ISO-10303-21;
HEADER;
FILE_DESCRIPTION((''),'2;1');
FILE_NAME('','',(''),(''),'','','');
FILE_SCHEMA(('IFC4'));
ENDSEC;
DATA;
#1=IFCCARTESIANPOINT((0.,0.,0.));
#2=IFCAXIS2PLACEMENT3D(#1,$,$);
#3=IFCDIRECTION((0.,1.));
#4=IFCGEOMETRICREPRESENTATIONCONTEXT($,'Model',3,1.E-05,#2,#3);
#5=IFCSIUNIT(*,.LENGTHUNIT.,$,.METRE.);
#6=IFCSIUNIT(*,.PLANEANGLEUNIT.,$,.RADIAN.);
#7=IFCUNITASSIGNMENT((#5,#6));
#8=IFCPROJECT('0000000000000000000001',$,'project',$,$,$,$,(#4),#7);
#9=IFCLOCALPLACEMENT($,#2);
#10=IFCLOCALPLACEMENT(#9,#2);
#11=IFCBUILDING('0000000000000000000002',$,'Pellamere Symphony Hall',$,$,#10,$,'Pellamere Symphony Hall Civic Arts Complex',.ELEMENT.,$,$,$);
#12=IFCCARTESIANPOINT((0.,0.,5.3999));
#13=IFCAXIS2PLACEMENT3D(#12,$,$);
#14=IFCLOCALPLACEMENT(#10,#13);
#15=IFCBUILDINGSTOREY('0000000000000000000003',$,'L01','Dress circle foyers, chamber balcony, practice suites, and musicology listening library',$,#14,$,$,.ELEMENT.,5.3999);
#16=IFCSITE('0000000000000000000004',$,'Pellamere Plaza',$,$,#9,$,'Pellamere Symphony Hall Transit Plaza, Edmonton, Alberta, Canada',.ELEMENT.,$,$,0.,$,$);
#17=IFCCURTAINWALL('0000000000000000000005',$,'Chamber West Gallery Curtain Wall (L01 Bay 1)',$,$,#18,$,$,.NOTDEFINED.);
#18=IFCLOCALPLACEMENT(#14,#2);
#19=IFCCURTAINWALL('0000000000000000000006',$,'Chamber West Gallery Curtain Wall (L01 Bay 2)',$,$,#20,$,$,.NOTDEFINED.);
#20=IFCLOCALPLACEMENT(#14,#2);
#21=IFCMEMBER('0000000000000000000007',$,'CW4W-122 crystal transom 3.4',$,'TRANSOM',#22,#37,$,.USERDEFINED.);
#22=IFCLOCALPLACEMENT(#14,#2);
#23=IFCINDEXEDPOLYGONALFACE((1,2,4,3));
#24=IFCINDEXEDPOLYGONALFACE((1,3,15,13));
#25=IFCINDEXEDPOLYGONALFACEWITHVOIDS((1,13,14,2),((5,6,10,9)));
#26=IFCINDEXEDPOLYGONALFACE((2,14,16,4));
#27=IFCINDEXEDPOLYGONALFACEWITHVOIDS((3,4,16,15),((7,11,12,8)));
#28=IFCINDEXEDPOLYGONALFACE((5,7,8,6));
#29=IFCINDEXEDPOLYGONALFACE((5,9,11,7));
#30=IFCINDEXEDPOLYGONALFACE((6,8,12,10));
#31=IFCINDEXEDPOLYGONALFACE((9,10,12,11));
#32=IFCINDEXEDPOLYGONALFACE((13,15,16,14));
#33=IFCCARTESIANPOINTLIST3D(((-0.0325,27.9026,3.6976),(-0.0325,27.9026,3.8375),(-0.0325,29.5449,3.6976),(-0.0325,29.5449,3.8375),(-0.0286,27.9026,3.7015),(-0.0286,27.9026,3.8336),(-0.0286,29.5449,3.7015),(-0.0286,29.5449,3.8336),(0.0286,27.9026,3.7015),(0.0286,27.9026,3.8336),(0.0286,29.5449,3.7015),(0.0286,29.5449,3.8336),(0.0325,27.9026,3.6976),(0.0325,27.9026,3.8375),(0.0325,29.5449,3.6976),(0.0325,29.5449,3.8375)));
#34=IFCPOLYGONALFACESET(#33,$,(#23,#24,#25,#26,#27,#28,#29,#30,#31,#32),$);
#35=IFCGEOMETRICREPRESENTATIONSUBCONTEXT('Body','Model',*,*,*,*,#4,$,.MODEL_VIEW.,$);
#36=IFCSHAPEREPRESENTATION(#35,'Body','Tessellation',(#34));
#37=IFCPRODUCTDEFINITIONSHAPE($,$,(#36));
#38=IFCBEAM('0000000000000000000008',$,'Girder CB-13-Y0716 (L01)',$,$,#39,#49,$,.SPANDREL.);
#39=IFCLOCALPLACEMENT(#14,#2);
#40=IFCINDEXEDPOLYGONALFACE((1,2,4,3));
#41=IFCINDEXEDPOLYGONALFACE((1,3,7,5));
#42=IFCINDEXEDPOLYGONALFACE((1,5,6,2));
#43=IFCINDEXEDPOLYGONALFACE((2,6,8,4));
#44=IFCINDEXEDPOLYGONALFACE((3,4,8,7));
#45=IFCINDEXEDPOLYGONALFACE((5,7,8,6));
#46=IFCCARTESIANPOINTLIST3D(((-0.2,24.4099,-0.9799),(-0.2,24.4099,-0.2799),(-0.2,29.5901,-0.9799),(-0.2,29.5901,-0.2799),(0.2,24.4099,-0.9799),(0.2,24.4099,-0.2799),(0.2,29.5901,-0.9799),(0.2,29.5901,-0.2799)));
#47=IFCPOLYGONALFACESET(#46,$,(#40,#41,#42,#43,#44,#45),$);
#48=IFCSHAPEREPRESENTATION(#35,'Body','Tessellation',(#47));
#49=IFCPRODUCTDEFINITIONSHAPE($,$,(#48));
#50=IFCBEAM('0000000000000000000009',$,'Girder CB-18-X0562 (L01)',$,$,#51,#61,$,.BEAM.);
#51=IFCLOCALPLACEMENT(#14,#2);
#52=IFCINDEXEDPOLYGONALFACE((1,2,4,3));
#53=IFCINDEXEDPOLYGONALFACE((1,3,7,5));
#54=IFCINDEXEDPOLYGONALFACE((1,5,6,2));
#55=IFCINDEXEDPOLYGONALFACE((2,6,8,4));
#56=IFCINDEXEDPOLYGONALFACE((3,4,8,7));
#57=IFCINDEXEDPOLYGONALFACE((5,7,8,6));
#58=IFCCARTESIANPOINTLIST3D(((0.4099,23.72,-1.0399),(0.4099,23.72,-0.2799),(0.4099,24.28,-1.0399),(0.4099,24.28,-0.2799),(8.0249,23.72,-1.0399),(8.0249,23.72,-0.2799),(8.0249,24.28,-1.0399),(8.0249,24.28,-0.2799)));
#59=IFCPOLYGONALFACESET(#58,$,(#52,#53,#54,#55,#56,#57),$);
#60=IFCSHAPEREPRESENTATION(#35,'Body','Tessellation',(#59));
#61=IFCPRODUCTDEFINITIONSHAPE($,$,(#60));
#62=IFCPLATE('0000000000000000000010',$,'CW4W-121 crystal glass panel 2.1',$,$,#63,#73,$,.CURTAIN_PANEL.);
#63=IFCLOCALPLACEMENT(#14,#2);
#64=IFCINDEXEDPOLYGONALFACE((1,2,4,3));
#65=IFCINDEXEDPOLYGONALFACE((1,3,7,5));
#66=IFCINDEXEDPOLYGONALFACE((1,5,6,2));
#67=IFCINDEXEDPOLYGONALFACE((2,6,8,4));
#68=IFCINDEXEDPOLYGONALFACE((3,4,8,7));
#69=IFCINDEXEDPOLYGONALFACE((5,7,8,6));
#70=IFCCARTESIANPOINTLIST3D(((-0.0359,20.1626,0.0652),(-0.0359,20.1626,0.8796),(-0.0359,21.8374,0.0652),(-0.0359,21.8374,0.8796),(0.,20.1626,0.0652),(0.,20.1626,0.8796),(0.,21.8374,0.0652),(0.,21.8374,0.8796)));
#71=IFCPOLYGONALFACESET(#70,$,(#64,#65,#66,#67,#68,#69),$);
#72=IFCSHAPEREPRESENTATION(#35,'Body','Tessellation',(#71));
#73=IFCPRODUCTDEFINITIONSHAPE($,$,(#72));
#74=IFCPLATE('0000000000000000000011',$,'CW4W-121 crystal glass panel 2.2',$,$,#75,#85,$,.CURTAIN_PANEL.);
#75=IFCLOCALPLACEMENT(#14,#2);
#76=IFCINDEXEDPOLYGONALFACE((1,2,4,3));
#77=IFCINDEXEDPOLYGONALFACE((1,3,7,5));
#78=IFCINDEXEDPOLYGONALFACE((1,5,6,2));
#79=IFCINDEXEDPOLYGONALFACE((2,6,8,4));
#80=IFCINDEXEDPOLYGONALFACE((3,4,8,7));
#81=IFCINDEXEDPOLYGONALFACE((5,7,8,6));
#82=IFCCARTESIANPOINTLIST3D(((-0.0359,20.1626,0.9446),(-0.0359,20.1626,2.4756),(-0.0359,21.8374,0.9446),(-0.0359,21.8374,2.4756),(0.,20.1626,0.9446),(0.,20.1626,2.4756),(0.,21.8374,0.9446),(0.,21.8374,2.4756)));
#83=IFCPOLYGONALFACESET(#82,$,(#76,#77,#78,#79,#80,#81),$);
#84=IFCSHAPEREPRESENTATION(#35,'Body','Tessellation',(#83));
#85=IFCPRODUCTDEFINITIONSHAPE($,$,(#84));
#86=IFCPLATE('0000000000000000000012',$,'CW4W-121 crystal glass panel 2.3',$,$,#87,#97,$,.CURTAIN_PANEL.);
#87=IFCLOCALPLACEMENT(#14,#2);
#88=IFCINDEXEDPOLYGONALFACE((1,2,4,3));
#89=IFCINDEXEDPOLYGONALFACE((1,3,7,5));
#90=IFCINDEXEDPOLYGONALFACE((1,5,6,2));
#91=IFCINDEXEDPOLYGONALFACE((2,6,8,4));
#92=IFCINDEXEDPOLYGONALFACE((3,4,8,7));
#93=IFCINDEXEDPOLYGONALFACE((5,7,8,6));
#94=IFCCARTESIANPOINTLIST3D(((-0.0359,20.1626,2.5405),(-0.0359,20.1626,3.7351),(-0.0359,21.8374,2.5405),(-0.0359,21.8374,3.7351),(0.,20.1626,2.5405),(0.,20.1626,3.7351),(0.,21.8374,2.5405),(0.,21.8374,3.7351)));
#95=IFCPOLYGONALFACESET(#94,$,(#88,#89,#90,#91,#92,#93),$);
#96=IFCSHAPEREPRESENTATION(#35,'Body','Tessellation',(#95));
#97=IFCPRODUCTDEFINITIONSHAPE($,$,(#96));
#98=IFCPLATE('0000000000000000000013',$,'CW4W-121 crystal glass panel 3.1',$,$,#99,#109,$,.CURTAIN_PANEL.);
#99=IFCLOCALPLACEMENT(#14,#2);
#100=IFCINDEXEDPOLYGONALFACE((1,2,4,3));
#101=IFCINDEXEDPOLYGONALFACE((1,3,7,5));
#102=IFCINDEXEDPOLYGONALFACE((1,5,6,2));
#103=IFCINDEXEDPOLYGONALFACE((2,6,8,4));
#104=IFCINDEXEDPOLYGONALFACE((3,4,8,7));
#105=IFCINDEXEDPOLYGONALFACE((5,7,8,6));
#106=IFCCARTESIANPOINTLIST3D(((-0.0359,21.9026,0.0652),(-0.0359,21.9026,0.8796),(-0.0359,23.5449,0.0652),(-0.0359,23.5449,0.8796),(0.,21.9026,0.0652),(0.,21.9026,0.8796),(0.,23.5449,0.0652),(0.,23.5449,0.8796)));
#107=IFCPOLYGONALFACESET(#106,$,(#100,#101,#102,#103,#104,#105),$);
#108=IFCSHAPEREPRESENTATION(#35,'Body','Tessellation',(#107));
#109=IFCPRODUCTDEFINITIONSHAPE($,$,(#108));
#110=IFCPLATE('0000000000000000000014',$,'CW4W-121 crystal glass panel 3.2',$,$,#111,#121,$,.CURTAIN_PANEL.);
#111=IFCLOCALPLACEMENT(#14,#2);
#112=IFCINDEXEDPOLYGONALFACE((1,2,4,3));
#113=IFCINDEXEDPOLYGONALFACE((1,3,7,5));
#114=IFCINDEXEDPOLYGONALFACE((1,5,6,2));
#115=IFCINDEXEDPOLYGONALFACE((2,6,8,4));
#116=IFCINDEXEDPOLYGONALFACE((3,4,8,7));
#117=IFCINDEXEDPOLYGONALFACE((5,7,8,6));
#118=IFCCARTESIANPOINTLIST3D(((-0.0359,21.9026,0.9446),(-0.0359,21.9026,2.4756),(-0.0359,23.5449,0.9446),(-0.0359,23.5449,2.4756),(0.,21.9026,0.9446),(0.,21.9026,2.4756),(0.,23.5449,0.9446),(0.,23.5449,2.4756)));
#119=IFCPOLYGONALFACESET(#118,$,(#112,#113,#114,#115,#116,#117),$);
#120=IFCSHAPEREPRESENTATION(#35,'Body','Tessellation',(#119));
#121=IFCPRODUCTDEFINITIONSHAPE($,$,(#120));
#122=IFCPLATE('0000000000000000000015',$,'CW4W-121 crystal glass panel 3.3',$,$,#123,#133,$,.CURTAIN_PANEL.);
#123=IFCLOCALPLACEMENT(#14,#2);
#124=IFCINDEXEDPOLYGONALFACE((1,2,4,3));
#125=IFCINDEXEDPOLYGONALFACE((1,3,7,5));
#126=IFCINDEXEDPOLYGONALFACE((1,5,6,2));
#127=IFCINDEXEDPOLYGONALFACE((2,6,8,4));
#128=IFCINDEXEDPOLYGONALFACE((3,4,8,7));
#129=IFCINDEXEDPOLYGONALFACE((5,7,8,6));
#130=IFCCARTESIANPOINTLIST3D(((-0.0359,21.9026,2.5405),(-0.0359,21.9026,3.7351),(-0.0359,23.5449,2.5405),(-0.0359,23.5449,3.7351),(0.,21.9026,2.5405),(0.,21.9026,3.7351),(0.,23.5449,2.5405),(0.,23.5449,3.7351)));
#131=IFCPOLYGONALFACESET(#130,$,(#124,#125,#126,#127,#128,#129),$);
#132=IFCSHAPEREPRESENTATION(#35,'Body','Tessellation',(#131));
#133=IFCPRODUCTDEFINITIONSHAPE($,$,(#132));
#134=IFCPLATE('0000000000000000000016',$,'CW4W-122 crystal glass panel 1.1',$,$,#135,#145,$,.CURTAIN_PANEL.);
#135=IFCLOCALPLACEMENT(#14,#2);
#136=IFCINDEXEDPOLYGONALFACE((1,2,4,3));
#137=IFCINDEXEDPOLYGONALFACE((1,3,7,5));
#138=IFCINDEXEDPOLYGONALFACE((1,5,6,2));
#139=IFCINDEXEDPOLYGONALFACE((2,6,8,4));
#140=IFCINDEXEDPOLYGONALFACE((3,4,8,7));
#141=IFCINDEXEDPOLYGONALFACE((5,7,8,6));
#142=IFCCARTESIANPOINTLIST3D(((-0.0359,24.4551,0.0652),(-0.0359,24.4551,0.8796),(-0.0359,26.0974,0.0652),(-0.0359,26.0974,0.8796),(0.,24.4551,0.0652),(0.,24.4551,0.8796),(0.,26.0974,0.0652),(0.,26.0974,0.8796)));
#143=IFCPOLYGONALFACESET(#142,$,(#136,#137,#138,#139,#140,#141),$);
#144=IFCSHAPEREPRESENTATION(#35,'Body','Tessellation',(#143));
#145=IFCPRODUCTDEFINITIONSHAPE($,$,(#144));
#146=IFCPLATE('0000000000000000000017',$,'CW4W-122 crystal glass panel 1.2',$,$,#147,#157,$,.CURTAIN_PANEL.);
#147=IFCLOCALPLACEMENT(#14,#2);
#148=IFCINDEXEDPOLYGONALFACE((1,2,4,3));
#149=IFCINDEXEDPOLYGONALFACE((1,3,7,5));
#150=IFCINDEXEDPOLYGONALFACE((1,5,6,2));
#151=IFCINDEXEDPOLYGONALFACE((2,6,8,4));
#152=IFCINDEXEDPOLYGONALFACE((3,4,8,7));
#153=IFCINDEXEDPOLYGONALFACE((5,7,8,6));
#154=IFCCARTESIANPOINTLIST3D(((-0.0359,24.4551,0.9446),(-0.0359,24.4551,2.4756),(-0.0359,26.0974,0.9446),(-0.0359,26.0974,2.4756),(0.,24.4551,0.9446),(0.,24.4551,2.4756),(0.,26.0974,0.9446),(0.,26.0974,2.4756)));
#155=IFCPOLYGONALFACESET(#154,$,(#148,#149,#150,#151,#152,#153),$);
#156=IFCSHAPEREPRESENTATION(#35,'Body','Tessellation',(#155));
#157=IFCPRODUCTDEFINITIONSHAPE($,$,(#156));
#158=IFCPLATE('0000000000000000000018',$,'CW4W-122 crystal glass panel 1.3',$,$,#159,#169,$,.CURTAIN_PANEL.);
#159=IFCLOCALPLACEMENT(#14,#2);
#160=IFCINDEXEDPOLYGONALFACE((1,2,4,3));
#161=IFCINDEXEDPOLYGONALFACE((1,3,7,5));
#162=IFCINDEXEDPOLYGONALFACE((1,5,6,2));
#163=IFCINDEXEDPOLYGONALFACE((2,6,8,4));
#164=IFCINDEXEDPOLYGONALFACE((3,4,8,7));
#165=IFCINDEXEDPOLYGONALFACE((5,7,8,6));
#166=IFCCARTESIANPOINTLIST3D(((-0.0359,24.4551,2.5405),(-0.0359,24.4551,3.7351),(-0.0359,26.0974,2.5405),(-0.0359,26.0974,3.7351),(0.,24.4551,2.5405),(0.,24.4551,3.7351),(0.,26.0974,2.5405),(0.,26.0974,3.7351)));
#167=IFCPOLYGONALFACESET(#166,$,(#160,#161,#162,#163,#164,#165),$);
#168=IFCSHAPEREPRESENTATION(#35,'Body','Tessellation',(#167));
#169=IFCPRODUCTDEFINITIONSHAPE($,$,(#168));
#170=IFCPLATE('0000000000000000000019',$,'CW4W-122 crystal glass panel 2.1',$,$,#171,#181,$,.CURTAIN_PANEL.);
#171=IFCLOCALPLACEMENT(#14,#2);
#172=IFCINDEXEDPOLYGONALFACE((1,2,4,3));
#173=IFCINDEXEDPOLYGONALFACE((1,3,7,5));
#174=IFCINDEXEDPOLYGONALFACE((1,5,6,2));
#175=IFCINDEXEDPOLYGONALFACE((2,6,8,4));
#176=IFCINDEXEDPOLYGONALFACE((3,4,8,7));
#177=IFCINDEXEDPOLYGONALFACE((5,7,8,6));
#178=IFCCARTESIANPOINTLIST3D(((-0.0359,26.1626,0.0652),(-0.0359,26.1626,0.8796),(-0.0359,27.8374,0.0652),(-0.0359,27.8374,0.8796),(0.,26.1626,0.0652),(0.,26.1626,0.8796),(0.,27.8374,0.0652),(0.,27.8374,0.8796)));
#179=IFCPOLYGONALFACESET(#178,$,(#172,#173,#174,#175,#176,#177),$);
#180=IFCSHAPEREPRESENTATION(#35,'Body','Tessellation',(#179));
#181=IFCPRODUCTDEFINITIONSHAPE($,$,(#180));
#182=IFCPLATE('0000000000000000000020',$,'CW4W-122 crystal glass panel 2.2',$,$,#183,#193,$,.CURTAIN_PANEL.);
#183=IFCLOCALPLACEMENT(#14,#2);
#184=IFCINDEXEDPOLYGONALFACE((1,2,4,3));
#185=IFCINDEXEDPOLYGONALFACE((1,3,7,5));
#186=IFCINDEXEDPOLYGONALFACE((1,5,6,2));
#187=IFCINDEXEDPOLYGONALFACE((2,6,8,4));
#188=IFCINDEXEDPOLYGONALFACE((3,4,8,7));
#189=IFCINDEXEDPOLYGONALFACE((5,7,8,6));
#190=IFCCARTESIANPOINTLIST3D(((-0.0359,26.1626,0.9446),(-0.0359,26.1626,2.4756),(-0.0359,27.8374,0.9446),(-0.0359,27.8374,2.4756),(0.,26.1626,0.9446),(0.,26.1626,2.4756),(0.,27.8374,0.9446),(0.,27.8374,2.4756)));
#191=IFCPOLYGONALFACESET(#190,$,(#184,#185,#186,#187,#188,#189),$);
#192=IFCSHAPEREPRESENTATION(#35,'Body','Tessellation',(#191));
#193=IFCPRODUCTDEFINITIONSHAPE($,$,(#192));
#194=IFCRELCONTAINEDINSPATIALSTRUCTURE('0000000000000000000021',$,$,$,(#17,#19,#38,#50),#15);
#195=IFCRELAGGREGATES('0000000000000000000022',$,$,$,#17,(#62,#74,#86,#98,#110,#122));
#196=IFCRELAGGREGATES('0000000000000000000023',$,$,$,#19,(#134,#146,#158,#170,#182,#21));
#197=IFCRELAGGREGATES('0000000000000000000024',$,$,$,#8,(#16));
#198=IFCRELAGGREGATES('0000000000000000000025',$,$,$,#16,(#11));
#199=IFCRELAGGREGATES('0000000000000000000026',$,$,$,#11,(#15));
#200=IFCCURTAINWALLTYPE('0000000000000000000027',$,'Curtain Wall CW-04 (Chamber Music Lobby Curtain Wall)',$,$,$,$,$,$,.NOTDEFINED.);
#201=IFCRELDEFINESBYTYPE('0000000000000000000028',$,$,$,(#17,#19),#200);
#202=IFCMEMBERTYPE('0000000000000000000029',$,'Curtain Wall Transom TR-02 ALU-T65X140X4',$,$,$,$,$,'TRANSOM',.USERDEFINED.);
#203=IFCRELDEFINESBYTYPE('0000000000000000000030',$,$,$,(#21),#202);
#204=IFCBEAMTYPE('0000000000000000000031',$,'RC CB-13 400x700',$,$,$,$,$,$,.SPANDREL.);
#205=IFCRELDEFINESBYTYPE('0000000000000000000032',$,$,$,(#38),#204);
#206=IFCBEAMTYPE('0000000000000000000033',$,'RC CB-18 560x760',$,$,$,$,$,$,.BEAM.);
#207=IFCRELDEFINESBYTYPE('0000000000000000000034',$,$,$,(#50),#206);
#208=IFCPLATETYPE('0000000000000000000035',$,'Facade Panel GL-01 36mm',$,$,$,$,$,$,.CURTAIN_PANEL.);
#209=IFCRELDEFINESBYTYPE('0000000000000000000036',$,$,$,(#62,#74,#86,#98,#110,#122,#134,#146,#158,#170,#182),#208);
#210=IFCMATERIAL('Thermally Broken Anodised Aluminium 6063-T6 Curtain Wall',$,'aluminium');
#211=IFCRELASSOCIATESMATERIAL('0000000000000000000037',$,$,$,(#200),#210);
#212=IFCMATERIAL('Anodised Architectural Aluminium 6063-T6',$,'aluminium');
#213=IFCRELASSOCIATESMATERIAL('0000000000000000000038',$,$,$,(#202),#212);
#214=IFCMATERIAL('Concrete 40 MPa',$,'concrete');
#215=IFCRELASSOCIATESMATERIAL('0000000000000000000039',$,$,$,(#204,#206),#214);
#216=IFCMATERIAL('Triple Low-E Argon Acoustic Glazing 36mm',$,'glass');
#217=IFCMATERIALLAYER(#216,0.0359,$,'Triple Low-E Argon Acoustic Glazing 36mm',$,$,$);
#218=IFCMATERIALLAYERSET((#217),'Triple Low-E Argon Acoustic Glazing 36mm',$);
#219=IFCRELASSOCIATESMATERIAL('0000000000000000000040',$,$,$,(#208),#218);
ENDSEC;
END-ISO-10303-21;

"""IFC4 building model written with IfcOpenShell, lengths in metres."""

from ifc_helpers import new_model, si_unit, direction, frame, origin, origin_2d, place, context, subcontext, project, spatial, polyline, rectangle, hollow_rectangle, outline, extrude, material, layer, layer_set, material_profile, profile_set, type_object, element, aggregate, save


model = new_model("IFC4")

# Units and contexts
model_context = context("Model", 3, precision=1e-05, world=origin(), true_north=direction((0.0, 1.0)))
body_context = subcontext(model_context, "Body", "Model", "MODEL_VIEW")
ifc_project = project(units=[si_unit("LENGTHUNIT", "METRE"), si_unit("PLANEANGLEUNIT", "RADIAN")], contexts=[model_context])

# Site, building, storey
site_placement = place(None, origin())
site = spatial("IfcSite", under=ifc_project, at=site_placement, Name="Pellamere Plaza", LongName="Pellamere Symphony Hall Transit Plaza, Edmonton, Alberta, Canada", CompositionType="ELEMENT", RefElevation=0.0)
building_placement = place(site_placement, origin())
building = spatial("IfcBuilding", under=site, at=building_placement, Name="Pellamere Symphony Hall", LongName="Pellamere Symphony Hall Civic Arts Complex", CompositionType="ELEMENT")
storey_placement = place(building_placement, frame((0.0, 0.0, 5.3999)))
storey = spatial("IfcBuildingStorey", under=building, at=storey_placement, Name="L01", Description="Dress circle foyers, chamber balcony, practice suites, and musicology listening library", CompositionType="ELEMENT", Elevation=5.3999)

# Shared definitions
ifc_material_1 = material(Name="Concrete 40 MPa", Category="concrete")

# Curtain walls
ifc_material_2 = material(Name="Thermally Broken Anodised Aluminium 6063-T6 Curtain Wall", Category="aluminium")
curtain_wall_type = type_object("IfcCurtainWallType", Name="Curtain Wall CW-04 (Chamber Music Lobby Curtain Wall)", PredefinedType="NOTDEFINED", material=ifc_material_2)
curtain_wall_1_placement = place(storey_placement, origin())
curtain_wall_1 = element("IfcCurtainWall", 1, at=curtain_wall_1_placement, inside=storey, type_object=curtain_wall_type, Name="Chamber West Gallery Curtain Wall (L01 Bay 1)", PredefinedType="NOTDEFINED")
ifc_material_3 = material(Name="Anodised Architectural Aluminium 6063-T6", Category="aluminium")
curtain_wall_2_placement = place(storey_placement, origin())
curtain_wall_2 = element("IfcCurtainWall", 2, at=curtain_wall_2_placement, inside=storey, type_object=curtain_wall_type, Name="Chamber West Gallery Curtain Wall (L01 Bay 2)", PredefinedType="NOTDEFINED")

# Member
ifc_material_profile_1 = material_profile(ifc_material_3, hollow_rectangle(XDim=0.0649, YDim=0.1399, WallThickness=0.0039, at=origin_2d()), Name="ALU-T65X140X4")
ifc_profile_set_1 = profile_set([ifc_material_profile_1], Name="Anodised Architectural Aluminium 6063-T6")
member_type_1 = type_object("IfcMemberType", Name="Curtain Wall Transom TR-02 ALU-T65X140X4", ElementType="TRANSOM", PredefinedType="USERDEFINED", material=ifc_profile_set_1)
member_1_placement = place(storey_placement, frame((0.0, 27.9026, 3.7676), z_axis=(0.0, 1.0, 0.0), x_axis=(-1.0, 0.0, 0.0)))
member_1 = element("IfcMember", 3, at=member_1_placement, type_object=member_type_1, Name="CW4W-122 crystal transom 3.4", ObjectType="TRANSOM", PredefinedType="USERDEFINED", context=body_context, shape_type="SweptSolid", body=[
    extrude(hollow_rectangle(XDim=0.0649, YDim=0.1399, WallThickness=0.0039, at=origin_2d()), origin(), (0.0, 0.0, 1.0), 1.6423),
])

# Beams
ifc_material_profile_2 = material_profile(ifc_material_1, rectangle(XDim=0.3999, YDim=0.7, at=origin_2d()), Name="RC 400x700")
ifc_profile_set_2 = profile_set([ifc_material_profile_2], Name="Concrete 40 MPa")
beam_type_1 = type_object("IfcBeamType", Name="RC CB-13 400x700", PredefinedType="SPANDREL", material=ifc_profile_set_2)
beam_1_placement = place(storey_placement, frame((0.0, 24.4099, -0.6299), z_axis=(0.0, 1.0, 0.0), x_axis=(-1.0, 0.0, 0.0)))
element("IfcBeam", 4, at=beam_1_placement, inside=storey, type_object=beam_type_1, Name="Girder CB-13-Y0716 (L01)", PredefinedType="SPANDREL", context=body_context, shape_type="SweptSolid", body=[
    extrude(rectangle(XDim=0.3999, YDim=0.7, at=origin_2d()), origin(), (0.0, 0.0, 1.0), 5.1802),
])
ifc_material_profile_3 = material_profile(ifc_material_1, rectangle(XDim=0.5601, YDim=0.76, at=origin_2d()), Name="RC 560x760")
ifc_profile_set_3 = profile_set([ifc_material_profile_3], Name="Concrete 40 MPa")
beam_type_2 = type_object("IfcBeamType", Name="RC CB-18 560x760", PredefinedType="BEAM", material=ifc_profile_set_3)
beam_2_placement = place(storey_placement, frame((0.4099, 24.0, -0.6599), z_axis=(1.0, 0.0, 0.0), x_axis=(0.0, 1.0, 0.0)))
element("IfcBeam", 5, at=beam_2_placement, inside=storey, type_object=beam_type_2, Name="Girder CB-18-X0562 (L01)", PredefinedType="BEAM", context=body_context, shape_type="SweptSolid", body=[
    extrude(rectangle(XDim=0.5601, YDim=0.76, at=origin_2d()), origin(), (0.0, 0.0, 1.0), 7.615),
])

# Plates
ifc_material_4 = material(Name="Triple Low-E Argon Acoustic Glazing 36mm", Category="glass")
ifc_layer = layer(ifc_material_4, 0.0359, Name="Triple Low-E Argon Acoustic Glazing 36mm")
ifc_layer_set = layer_set([ifc_layer], Name="Triple Low-E Argon Acoustic Glazing 36mm")
plate_type = type_object("IfcPlateType", Name="Facade Panel GL-01 36mm", PredefinedType="CURTAIN_PANEL", material=ifc_layer_set)
plate_1_placement = place(storey_placement, frame((0.0, 20.1626, 0.0652), z_axis=(1.0, 0.0, 0.0), x_axis=(0.0, 1.0, 0.0)))
plate_1 = element("IfcPlate", 6, at=plate_1_placement, type_object=plate_type, Name="CW4W-121 crystal glass panel 2.1", PredefinedType="CURTAIN_PANEL", context=body_context, shape_type="SweptSolid", body=[
    extrude(outline(polyline([(0.0, 0.0), (1.6748, 0.0), (1.6748, 0.8145), (0.0, 0.8145), (0.0, 0.0)])), origin(), (0.0, 0.0, -1.0), 0.0359),
])
plate_2_placement = place(storey_placement, frame((0.0, 20.1626, 0.9446), z_axis=(1.0, 0.0, 0.0), x_axis=(0.0, 1.0, 0.0)))
plate_2 = element("IfcPlate", 7, at=plate_2_placement, type_object=plate_type, Name="CW4W-121 crystal glass panel 2.2", PredefinedType="CURTAIN_PANEL", context=body_context, shape_type="SweptSolid", body=[
    extrude(outline(polyline([(0.0, 0.0), (1.6748, 0.0), (1.6748, 1.531), (0.0, 1.531), (0.0, 0.0)])), origin(), (0.0, 0.0, -1.0), 0.0359),
])
plate_3_placement = place(storey_placement, frame((0.0, 20.1626, 2.5405), z_axis=(1.0, 0.0, 0.0), x_axis=(0.0, 1.0, 0.0)))
plate_3 = element("IfcPlate", 8, at=plate_3_placement, type_object=plate_type, Name="CW4W-121 crystal glass panel 2.3", PredefinedType="CURTAIN_PANEL", context=body_context, shape_type="SweptSolid", body=[
    extrude(outline(polyline([(0.0, 0.0), (1.6748, 0.0), (1.6748, 1.1946), (0.0, 1.1946), (0.0, 0.0)])), origin(), (0.0, 0.0, -1.0), 0.0359),
])
plate_4_placement = place(storey_placement, frame((0.0, 21.9026, 0.0652), z_axis=(1.0, 0.0, 0.0), x_axis=(0.0, 1.0, 0.0)))
plate_4 = element("IfcPlate", 9, at=plate_4_placement, type_object=plate_type, Name="CW4W-121 crystal glass panel 3.1", PredefinedType="CURTAIN_PANEL", context=body_context, shape_type="SweptSolid", body=[
    extrude(outline(polyline([(0.0, 0.0), (1.6423, 0.0), (1.6423, 0.8145), (0.0, 0.8145), (0.0, 0.0)])), origin(), (0.0, 0.0, -1.0), 0.0359),
])
plate_5_placement = place(storey_placement, frame((0.0, 21.9026, 0.9446), z_axis=(1.0, 0.0, 0.0), x_axis=(0.0, 1.0, 0.0)))
plate_5 = element("IfcPlate", 10, at=plate_5_placement, type_object=plate_type, Name="CW4W-121 crystal glass panel 3.2", PredefinedType="CURTAIN_PANEL", context=body_context, shape_type="SweptSolid", body=[
    extrude(outline(polyline([(0.0, 0.0), (1.6423, 0.0), (1.6423, 1.531), (0.0, 1.531), (0.0, 0.0)])), origin(), (0.0, 0.0, -1.0), 0.0359),
])
plate_6_placement = place(storey_placement, frame((0.0, 21.9026, 2.5405), z_axis=(1.0, 0.0, 0.0), x_axis=(0.0, 1.0, 0.0)))
plate_6 = element("IfcPlate", 11, at=plate_6_placement, type_object=plate_type, Name="CW4W-121 crystal glass panel 3.3", PredefinedType="CURTAIN_PANEL", context=body_context, shape_type="SweptSolid", body=[
    extrude(outline(polyline([(0.0, 0.0), (1.6423, 0.0), (1.6423, 1.1946), (0.0, 1.1946), (0.0, 0.0)])), origin(), (0.0, 0.0, -1.0), 0.0359),
])
aggregate(curtain_wall_1, [plate_1, plate_2, plate_3, plate_4, plate_5, plate_6])
plate_7_placement = place(storey_placement, frame((0.0, 24.4551, 0.0652), z_axis=(1.0, 0.0, 0.0), x_axis=(0.0, 1.0, 0.0)))
plate_7 = element("IfcPlate", 12, at=plate_7_placement, type_object=plate_type, Name="CW4W-122 crystal glass panel 1.1", PredefinedType="CURTAIN_PANEL", context=body_context, shape_type="SweptSolid", body=[
    extrude(outline(polyline([(0.0, 0.0), (1.6423, 0.0), (1.6423, 0.8145), (0.0, 0.8145), (0.0, 0.0)])), origin(), (0.0, 0.0, -1.0), 0.0359),
])
plate_8_placement = place(storey_placement, frame((0.0, 24.4551, 0.9446), z_axis=(1.0, 0.0, 0.0), x_axis=(0.0, 1.0, 0.0)))
plate_8 = element("IfcPlate", 13, at=plate_8_placement, type_object=plate_type, Name="CW4W-122 crystal glass panel 1.2", PredefinedType="CURTAIN_PANEL", context=body_context, shape_type="SweptSolid", body=[
    extrude(outline(polyline([(0.0, 0.0), (1.6423, 0.0), (1.6423, 1.531), (0.0, 1.531), (0.0, 0.0)])), origin(), (0.0, 0.0, -1.0), 0.0359),
])
plate_9_placement = place(storey_placement, frame((0.0, 24.4551, 2.5405), z_axis=(1.0, 0.0, 0.0), x_axis=(0.0, 1.0, 0.0)))
plate_9 = element("IfcPlate", 14, at=plate_9_placement, type_object=plate_type, Name="CW4W-122 crystal glass panel 1.3", PredefinedType="CURTAIN_PANEL", context=body_context, shape_type="SweptSolid", body=[
    extrude(outline(polyline([(0.0, 0.0), (1.6423, 0.0), (1.6423, 1.1946), (0.0, 1.1946), (0.0, 0.0)])), origin(), (0.0, 0.0, -1.0), 0.0359),
])
plate_10_placement = place(storey_placement, frame((0.0, 26.1626, 0.0652), z_axis=(1.0, 0.0, 0.0), x_axis=(0.0, 1.0, 0.0)))
plate_10 = element("IfcPlate", 15, at=plate_10_placement, type_object=plate_type, Name="CW4W-122 crystal glass panel 2.1", PredefinedType="CURTAIN_PANEL", context=body_context, shape_type="SweptSolid", body=[
    extrude(outline(polyline([(0.0, 0.0), (1.6748, 0.0), (1.6748, 0.8145), (0.0, 0.8145), (0.0, 0.0)])), origin(), (0.0, 0.0, -1.0), 0.0359),
])
plate_11_placement = place(storey_placement, frame((0.0, 26.1626, 0.9446), z_axis=(1.0, 0.0, 0.0), x_axis=(0.0, 1.0, 0.0)))
plate_11 = element("IfcPlate", 16, at=plate_11_placement, type_object=plate_type, Name="CW4W-122 crystal glass panel 2.2", PredefinedType="CURTAIN_PANEL", context=body_context, shape_type="SweptSolid", body=[
    extrude(outline(polyline([(0.0, 0.0), (1.6748, 0.0), (1.6748, 1.531), (0.0, 1.531), (0.0, 0.0)])), origin(), (0.0, 0.0, -1.0), 0.0359),
])
aggregate(curtain_wall_2, [plate_7, plate_8, plate_9, plate_10, plate_11, member_1])

save(model, "model.ifc")
